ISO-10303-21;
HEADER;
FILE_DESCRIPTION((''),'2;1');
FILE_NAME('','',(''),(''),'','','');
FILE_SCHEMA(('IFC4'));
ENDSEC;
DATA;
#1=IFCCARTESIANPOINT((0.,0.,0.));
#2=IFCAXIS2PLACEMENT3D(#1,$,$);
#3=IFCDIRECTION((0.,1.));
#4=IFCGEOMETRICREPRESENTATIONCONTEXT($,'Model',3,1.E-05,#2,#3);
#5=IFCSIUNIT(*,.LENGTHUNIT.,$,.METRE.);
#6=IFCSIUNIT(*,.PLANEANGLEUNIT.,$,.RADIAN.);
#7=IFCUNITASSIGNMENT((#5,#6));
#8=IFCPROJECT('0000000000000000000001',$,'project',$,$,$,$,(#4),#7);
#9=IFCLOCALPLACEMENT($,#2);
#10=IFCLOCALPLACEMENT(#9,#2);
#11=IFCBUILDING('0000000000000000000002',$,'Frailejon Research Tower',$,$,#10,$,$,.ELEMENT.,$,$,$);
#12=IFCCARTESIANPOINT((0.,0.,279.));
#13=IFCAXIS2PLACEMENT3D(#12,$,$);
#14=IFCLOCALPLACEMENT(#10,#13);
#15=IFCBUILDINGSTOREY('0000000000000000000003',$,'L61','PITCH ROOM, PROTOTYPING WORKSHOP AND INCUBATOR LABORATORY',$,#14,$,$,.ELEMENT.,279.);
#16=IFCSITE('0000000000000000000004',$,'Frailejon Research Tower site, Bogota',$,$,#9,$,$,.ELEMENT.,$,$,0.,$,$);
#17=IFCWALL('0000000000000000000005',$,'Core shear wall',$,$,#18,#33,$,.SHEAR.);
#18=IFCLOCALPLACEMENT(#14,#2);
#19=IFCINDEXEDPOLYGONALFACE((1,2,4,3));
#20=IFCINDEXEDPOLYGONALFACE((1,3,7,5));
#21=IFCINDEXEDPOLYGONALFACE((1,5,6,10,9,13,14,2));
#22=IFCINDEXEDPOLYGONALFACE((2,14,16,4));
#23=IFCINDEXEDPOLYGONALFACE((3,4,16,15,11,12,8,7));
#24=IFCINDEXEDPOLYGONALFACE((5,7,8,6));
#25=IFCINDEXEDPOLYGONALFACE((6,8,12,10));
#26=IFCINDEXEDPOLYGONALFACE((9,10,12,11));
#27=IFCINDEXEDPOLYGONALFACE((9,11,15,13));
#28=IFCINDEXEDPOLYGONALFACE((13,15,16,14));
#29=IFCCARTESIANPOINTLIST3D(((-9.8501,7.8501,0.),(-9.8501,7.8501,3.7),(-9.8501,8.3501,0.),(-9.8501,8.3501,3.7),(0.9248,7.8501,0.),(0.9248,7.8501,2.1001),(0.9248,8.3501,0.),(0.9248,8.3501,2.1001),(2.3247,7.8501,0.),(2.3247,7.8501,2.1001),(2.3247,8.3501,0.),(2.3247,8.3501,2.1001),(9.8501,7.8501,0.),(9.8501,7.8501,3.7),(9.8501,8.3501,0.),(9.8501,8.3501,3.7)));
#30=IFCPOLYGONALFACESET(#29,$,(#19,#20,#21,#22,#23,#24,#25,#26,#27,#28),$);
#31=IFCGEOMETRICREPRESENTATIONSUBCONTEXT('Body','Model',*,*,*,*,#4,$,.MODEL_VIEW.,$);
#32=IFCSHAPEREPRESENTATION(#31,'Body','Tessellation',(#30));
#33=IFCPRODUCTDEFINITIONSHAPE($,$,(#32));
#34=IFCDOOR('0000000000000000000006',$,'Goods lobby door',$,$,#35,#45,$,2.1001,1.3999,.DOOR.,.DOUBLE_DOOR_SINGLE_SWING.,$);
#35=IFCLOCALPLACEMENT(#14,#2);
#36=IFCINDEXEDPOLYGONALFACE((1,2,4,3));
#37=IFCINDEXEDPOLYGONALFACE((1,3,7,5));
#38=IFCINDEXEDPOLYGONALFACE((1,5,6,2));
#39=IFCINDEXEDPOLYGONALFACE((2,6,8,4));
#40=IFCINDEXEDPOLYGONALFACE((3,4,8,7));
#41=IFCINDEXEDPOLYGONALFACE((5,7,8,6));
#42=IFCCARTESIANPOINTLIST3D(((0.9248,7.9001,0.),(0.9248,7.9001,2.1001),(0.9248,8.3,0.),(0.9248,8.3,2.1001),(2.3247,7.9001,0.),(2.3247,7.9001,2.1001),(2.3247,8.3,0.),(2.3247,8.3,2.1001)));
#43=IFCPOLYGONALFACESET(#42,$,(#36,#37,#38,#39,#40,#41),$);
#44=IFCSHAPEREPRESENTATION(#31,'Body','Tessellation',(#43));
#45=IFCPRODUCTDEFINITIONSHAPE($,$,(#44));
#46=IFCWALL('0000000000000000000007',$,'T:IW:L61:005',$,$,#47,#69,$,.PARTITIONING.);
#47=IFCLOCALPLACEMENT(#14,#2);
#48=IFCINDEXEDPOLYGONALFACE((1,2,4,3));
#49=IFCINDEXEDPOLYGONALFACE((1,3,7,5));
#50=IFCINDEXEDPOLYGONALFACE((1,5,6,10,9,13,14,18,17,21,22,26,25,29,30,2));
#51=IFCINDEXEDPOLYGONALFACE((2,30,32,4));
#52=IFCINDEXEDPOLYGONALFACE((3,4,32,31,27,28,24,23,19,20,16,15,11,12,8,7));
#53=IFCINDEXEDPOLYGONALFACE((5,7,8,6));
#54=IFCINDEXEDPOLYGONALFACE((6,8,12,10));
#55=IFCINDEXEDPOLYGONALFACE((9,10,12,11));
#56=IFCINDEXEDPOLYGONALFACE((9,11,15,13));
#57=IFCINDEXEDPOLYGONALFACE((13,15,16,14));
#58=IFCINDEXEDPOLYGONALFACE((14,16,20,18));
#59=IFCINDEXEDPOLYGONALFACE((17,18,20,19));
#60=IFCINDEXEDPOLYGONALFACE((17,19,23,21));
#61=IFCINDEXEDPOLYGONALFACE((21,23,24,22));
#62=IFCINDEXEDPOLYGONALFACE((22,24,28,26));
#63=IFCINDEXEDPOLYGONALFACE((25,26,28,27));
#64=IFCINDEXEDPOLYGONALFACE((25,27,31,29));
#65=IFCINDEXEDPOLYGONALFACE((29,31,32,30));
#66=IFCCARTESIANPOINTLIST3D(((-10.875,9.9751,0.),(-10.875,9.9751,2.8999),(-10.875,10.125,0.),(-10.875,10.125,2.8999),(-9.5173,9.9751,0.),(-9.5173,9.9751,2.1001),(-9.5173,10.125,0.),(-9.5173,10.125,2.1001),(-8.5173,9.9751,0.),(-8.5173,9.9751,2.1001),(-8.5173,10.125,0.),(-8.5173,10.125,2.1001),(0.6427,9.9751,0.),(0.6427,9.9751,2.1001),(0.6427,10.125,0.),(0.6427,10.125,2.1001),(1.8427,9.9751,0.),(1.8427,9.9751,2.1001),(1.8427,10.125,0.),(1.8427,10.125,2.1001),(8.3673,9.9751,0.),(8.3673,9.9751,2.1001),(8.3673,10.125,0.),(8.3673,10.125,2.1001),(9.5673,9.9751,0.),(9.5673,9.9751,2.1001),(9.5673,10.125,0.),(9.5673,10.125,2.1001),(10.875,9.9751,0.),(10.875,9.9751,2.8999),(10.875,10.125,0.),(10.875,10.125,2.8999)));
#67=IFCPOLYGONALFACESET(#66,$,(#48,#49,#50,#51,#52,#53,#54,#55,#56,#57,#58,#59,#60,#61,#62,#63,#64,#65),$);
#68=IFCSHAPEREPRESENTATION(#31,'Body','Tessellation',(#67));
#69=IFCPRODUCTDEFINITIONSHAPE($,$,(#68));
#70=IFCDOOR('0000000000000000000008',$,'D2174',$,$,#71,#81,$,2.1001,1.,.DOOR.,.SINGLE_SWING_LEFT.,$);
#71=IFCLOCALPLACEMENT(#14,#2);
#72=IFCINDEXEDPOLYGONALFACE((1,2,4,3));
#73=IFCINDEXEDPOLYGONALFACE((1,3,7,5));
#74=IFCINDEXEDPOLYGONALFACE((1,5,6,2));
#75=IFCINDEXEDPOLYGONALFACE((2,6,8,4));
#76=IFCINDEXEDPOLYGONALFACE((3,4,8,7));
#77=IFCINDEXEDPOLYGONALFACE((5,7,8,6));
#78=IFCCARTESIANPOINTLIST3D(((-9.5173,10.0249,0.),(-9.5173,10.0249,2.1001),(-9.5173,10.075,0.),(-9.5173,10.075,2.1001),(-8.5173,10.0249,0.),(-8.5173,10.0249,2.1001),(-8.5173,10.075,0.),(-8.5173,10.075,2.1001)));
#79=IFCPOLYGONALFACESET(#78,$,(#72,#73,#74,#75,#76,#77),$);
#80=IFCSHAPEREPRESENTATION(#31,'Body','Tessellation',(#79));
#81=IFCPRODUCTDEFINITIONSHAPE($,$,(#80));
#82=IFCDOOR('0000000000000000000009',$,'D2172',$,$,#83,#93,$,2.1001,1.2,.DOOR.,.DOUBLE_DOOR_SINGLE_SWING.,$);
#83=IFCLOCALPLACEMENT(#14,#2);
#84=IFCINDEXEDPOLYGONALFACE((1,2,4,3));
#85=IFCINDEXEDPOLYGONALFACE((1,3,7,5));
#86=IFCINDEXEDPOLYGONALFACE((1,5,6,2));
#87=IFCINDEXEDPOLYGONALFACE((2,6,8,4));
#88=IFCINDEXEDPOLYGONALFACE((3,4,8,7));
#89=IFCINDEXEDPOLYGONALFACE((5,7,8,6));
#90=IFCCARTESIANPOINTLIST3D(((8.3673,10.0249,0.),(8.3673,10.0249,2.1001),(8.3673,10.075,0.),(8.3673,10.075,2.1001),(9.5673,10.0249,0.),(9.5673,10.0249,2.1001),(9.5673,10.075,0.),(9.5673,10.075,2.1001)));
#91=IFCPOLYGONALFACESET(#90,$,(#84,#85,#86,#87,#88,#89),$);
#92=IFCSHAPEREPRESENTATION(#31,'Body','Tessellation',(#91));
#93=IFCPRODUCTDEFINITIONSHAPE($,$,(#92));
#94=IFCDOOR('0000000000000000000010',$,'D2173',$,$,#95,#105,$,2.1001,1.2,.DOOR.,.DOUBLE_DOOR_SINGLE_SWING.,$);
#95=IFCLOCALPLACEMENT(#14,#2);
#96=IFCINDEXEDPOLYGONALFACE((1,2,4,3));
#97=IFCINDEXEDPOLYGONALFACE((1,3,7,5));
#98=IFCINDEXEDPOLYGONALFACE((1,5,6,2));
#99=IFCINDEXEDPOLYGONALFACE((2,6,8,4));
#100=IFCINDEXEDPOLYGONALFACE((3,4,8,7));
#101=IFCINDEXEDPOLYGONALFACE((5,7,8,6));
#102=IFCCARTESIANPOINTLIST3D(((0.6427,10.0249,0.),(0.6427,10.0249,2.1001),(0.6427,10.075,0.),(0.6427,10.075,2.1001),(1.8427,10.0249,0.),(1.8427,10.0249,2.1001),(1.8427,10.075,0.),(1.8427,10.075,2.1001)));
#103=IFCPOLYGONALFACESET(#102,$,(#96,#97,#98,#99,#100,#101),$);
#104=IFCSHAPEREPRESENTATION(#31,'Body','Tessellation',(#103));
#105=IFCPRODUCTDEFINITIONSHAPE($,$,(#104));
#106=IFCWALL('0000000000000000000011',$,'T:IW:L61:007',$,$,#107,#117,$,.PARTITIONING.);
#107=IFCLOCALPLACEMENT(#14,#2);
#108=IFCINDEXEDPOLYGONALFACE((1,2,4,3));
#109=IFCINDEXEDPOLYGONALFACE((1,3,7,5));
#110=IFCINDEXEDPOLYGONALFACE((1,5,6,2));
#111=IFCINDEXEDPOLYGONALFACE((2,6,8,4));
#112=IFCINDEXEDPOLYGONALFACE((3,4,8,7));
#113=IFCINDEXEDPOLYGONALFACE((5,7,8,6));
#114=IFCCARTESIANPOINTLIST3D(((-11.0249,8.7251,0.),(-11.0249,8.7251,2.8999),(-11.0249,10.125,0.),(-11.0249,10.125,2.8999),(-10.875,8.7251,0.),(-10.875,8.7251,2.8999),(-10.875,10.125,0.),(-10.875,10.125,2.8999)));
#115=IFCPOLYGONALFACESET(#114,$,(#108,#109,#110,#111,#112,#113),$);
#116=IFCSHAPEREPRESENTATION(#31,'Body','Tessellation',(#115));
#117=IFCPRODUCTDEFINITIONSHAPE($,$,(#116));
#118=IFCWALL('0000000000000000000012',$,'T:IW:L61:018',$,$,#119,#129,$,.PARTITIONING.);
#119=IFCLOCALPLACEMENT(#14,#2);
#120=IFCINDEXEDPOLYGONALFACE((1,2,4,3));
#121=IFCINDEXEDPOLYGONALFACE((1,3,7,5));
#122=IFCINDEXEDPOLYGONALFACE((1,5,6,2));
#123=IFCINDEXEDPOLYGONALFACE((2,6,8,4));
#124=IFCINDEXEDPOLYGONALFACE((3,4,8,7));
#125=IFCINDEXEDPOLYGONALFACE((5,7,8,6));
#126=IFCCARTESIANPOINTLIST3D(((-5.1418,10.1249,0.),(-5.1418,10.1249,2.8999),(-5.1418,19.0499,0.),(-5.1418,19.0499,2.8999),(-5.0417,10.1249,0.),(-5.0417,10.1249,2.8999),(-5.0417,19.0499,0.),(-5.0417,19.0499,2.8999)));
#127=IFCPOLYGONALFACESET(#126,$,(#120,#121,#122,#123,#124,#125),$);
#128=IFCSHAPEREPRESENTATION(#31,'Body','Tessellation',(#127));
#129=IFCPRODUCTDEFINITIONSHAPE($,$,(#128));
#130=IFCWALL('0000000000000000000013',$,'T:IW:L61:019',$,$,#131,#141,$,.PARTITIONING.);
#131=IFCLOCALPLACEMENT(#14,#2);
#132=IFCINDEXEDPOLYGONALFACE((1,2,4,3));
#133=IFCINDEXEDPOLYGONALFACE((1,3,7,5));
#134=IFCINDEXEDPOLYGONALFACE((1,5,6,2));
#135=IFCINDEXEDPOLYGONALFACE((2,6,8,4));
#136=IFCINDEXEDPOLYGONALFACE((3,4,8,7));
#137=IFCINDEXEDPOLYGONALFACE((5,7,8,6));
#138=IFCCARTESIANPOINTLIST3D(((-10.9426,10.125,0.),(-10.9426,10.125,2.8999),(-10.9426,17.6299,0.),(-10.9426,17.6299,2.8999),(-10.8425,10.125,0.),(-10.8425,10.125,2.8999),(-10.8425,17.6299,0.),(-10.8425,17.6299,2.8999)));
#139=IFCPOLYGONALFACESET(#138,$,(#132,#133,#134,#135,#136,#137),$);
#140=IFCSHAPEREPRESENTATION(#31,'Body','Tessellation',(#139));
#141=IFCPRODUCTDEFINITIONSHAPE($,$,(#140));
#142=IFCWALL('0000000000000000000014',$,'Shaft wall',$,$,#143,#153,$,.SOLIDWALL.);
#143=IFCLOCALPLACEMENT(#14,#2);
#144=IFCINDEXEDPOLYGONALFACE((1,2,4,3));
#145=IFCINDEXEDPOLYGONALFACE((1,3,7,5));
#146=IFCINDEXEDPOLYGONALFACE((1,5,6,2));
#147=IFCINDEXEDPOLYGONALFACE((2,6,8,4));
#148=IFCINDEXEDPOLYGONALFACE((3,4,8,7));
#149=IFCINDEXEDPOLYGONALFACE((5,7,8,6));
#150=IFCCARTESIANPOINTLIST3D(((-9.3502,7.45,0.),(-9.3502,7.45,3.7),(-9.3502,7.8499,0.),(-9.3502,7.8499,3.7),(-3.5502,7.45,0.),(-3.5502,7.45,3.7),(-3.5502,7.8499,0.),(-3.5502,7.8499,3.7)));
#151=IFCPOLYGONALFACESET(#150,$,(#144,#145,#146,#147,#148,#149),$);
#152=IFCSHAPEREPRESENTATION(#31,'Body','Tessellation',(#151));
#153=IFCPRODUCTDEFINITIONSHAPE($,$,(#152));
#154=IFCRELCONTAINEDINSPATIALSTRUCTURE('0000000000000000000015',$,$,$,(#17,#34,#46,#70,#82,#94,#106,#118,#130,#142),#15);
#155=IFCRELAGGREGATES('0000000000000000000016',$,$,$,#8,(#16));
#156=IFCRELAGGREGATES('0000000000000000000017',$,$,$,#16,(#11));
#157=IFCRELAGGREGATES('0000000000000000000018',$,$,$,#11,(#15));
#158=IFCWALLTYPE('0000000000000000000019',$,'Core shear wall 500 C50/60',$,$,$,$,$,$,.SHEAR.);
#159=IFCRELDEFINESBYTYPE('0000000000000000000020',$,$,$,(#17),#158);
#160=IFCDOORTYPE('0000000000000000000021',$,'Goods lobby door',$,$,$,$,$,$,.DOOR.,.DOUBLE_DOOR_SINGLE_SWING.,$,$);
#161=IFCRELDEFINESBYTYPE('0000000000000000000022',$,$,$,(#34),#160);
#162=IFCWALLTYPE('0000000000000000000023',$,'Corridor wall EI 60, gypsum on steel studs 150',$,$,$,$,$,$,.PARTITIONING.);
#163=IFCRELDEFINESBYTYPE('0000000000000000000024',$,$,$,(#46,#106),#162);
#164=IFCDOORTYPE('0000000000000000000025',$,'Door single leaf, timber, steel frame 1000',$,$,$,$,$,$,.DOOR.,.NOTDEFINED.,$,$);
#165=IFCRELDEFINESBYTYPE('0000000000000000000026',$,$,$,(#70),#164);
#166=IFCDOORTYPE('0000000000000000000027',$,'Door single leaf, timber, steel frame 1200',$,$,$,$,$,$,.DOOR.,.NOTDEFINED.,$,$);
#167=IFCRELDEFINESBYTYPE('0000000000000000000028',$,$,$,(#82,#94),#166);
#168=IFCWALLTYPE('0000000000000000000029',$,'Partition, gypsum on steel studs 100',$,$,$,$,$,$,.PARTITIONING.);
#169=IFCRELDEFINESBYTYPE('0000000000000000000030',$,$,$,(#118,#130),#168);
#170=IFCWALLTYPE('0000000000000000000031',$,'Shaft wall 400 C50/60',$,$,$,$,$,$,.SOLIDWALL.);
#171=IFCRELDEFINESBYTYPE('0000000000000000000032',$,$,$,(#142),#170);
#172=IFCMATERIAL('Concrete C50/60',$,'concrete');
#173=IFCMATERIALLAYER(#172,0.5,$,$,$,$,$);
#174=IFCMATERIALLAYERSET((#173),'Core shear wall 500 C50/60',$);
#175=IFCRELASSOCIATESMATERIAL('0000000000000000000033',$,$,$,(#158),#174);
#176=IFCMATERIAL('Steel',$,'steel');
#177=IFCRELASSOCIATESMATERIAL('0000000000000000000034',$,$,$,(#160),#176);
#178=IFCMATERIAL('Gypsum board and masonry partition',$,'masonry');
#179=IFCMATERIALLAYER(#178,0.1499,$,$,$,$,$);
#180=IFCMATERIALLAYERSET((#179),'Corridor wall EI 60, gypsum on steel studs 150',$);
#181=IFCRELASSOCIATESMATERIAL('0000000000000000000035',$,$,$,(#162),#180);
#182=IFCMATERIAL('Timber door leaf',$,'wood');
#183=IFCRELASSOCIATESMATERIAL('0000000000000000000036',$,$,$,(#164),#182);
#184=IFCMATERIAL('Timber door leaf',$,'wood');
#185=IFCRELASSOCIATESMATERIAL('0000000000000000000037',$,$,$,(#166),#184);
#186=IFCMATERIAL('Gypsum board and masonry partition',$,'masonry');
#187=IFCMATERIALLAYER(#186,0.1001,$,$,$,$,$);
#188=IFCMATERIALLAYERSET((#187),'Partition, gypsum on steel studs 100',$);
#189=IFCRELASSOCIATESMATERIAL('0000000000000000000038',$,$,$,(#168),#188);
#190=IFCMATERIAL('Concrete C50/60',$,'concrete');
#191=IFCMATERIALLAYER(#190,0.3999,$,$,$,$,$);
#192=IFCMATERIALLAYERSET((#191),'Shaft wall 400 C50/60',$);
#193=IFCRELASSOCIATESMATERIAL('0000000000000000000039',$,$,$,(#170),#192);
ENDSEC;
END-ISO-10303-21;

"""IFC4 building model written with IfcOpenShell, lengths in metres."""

from ifc_helpers import new_model, si_unit, direction, frame, frame_2d, origin, place, context, subcontext, project, spatial, rectangle, extrude, material, layer, layer_set, type_object, element, fill, save


model = new_model("IFC4")

# Units and contexts
model_context = context("Model", 3, precision=1e-05, world=origin(), true_north=direction((0.0, 1.0)))
body_context = subcontext(model_context, "Body", "Model", "MODEL_VIEW")
ifc_project = project(units=[si_unit("LENGTHUNIT", "METRE"), si_unit("PLANEANGLEUNIT", "RADIAN")], contexts=[model_context])

# Site, building, storey
site_placement = place(None, origin())
site = spatial("IfcSite", under=ifc_project, at=site_placement, Name="Frailejon Research Tower site, Bogota", CompositionType="ELEMENT", RefElevation=0.0)
building_placement = place(site_placement, origin())
building = spatial("IfcBuilding", under=site, at=building_placement, Name="Frailejon Research Tower", CompositionType="ELEMENT")
storey_placement = place(building_placement, frame((0.0, 0.0, 279.0)))
storey = spatial("IfcBuildingStorey", under=building, at=storey_placement, Name="L61", Description="PITCH ROOM, PROTOTYPING WORKSHOP AND INCUBATOR LABORATORY", CompositionType="ELEMENT", Elevation=279.0)

# Wall, opening, door
ifc_material_1 = material(Name="Concrete C50/60", Category="concrete")
ifc_layer_1 = layer(ifc_material_1, 0.5)
ifc_layer_set_1 = layer_set([ifc_layer_1], Name="Core shear wall 500 C50/60")
wall_type_1 = type_object("IfcWallType", Name="Core shear wall 500 C50/60", PredefinedType="SHEAR", material=ifc_layer_set_1)
wall_1_placement = place(storey_placement, frame((-9.8501, 8.1001, 0.0), z_axis=(0.0, 0.0, 1.0), x_axis=(1.0, 0.0, 0.0)))
wall_1 = element("IfcWall", 1, at=wall_1_placement, inside=storey, type_object=wall_type_1, Name="Core shear wall", PredefinedType="SHEAR", context=body_context, shape_type="SweptSolid", body=[
    extrude(rectangle(XDim=19.7002, YDim=0.5, at=frame_2d((9.8501, 0.0))), origin(), (0.0, 0.0, 1.0), 3.7),
])
opening_1_placement = place(wall_1_placement, frame((10.7749, 0.0, 0.0)))
opening_1 = element("IfcOpeningElement", 2, at=opening_1_placement, cuts=wall_1, PredefinedType="OPENING", context=body_context, shape_type="SweptSolid", body=[
    extrude(rectangle(XDim=1.3999, YDim=2.1001, at=frame_2d((0.7, 1.05))), frame((0.0, 0.26, 0.0), z_axis=(0.0, -1.0, 0.0), x_axis=(1.0, 0.0, 0.0)), (0.0, 0.0, 1.0), 0.52),
])
ifc_material_2 = material(Name="Steel", Category="steel")
door_type_1 = type_object("IfcDoorType", Name="Goods lobby door", OperationType="DOUBLE_DOOR_SINGLE_SWING", PredefinedType="DOOR", material=ifc_material_2)
door_1_placement = place(opening_1_placement, origin())
door_1 = element("IfcDoor", 3, at=door_1_placement, inside=storey, type_object=door_type_1, Name="Goods lobby door", OperationType="DOUBLE_DOOR_SINGLE_SWING", OverallHeight=2.1001, OverallWidth=1.3999, PredefinedType="DOOR", context=body_context, shape_type="SweptSolid", body=[
    extrude(rectangle(XDim=1.3999, YDim=2.1001, at=frame_2d((0.7, 1.05))), frame((0.0, 0.2, 0.0), z_axis=(0.0, -1.0, 0.0), x_axis=(1.0, 0.0, 0.0)), (0.0, 0.0, 1.0), 0.3999),
])
fill(opening_1, door_1)

# Wall, openings, doors
ifc_material_3 = material(Name="Gypsum board and masonry partition", Category="masonry")
ifc_layer_2 = layer(ifc_material_3, 0.1499)
ifc_layer_set_2 = layer_set([ifc_layer_2], Name="Corridor wall EI 60, gypsum on steel studs 150")
wall_type_2 = type_object("IfcWallType", Name="Corridor wall EI 60, gypsum on steel studs 150", PredefinedType="PARTITIONING", material=ifc_layer_set_2)
wall_2_placement = place(storey_placement, frame((-10.875, 10.05, 0.0), z_axis=(0.0, 0.0, 1.0), x_axis=(1.0, 0.0, 0.0)))
wall_2 = element("IfcWall", 4, at=wall_2_placement, inside=storey, type_object=wall_type_2, Name="T:IW:L61:005", PredefinedType="PARTITIONING", context=body_context, shape_type="SweptSolid", body=[
    extrude(rectangle(XDim=21.75, YDim=0.1499, at=frame_2d((10.875, 0.0))), origin(), (0.0, 0.0, 1.0), 2.8999),
])
opening_2_placement = place(wall_2_placement, frame((19.2422, 0.0, 0.0)))
opening_2 = element("IfcOpeningElement", 5, at=opening_2_placement, cuts=wall_2, PredefinedType="OPENING", context=body_context, shape_type="SweptSolid", body=[
    extrude(rectangle(XDim=1.2, YDim=2.1001, at=frame_2d((0.6001, 1.05))), frame((0.0, 0.085, 0.0), z_axis=(0.0, -1.0, 0.0), x_axis=(1.0, 0.0, 0.0)), (0.0, 0.0, 1.0), 0.1699),
])
opening_3_placement = place(wall_2_placement, frame((11.5176, 0.0, 0.0)))
opening_3 = element("IfcOpeningElement", 6, at=opening_3_placement, cuts=wall_2, PredefinedType="OPENING", context=body_context, shape_type="SweptSolid", body=[
    extrude(rectangle(XDim=1.2, YDim=2.1001, at=frame_2d((0.6001, 1.05))), frame((0.0, 0.085, 0.0), z_axis=(0.0, -1.0, 0.0), x_axis=(1.0, 0.0, 0.0)), (0.0, 0.0, 1.0), 0.1699),
])
opening_4_placement = place(wall_2_placement, frame((1.3577, 0.0, 0.0)))
opening_4 = element("IfcOpeningElement", 7, at=opening_4_placement, cuts=wall_2, PredefinedType="OPENING", context=body_context, shape_type="SweptSolid", body=[
    extrude(rectangle(XDim=1.0, YDim=2.1001, at=frame_2d((0.5, 1.05))), frame((0.0, 0.085, 0.0), z_axis=(0.0, -1.0, 0.0), x_axis=(1.0, 0.0, 0.0)), (0.0, 0.0, 1.0), 0.1699),
])
ifc_material_4 = material(Name="Timber door leaf", Category="wood")
door_type_2 = type_object("IfcDoorType", Name="Door single leaf, timber, steel frame 1000", OperationType="NOTDEFINED", PredefinedType="DOOR", material=ifc_material_4)
door_2_placement = place(opening_4_placement, origin())
door_2 = element("IfcDoor", 8, at=door_2_placement, inside=storey, type_object=door_type_2, Name="D2174", OperationType="SINGLE_SWING_LEFT", OverallHeight=2.1001, OverallWidth=1.0, PredefinedType="DOOR", context=body_context, shape_type="SweptSolid", body=[
    extrude(rectangle(XDim=1.0, YDim=2.1001, at=frame_2d((0.5, 1.05))), frame((0.0, 0.0249, 0.0), z_axis=(0.0, -1.0, 0.0), x_axis=(1.0, 0.0, 0.0)), (0.0, 0.0, 1.0), 0.05),
])
fill(opening_4, door_2)
ifc_material_5 = material(Name="Timber door leaf", Category="wood")
door_type_3 = type_object("IfcDoorType", Name="Door single leaf, timber, steel frame 1200", OperationType="NOTDEFINED", PredefinedType="DOOR", material=ifc_material_5)
door_3_placement = place(opening_2_placement, origin())
door_3 = element("IfcDoor", 9, at=door_3_placement, inside=storey, type_object=door_type_3, Name="D2172", OperationType="DOUBLE_DOOR_SINGLE_SWING", OverallHeight=2.1001, OverallWidth=1.2, PredefinedType="DOOR", context=body_context, shape_type="SweptSolid", body=[
    extrude(rectangle(XDim=1.2, YDim=2.1001, at=frame_2d((0.6001, 1.05))), frame((0.0, 0.0249, 0.0), z_axis=(0.0, -1.0, 0.0), x_axis=(1.0, 0.0, 0.0)), (0.0, 0.0, 1.0), 0.05),
])
fill(opening_2, door_3)
door_4_placement = place(opening_3_placement, origin())
door_4 = element("IfcDoor", 10, at=door_4_placement, inside=storey, type_object=door_type_3, Name="D2173", OperationType="DOUBLE_DOOR_SINGLE_SWING", OverallHeight=2.1001, OverallWidth=1.2, PredefinedType="DOOR", context=body_context, shape_type="SweptSolid", body=[
    extrude(rectangle(XDim=1.2, YDim=2.1001, at=frame_2d((0.6001, 1.05))), frame((0.0, 0.0249, 0.0), z_axis=(0.0, -1.0, 0.0), x_axis=(1.0, 0.0, 0.0)), (0.0, 0.0, 1.0), 0.05),
])
fill(opening_3, door_4)

# Walls
wall_3_placement = place(storey_placement, frame((-10.95, 8.7251, 0.0), z_axis=(0.0, 0.0, 1.0), x_axis=(0.0, 1.0, 0.0)))
element("IfcWall", 11, at=wall_3_placement, inside=storey, type_object=wall_type_2, Name="T:IW:L61:007", PredefinedType="PARTITIONING", context=body_context, shape_type="SweptSolid", body=[
    extrude(rectangle(XDim=1.3999, YDim=0.1499, at=frame_2d((0.7, 0.0))), origin(), (0.0, 0.0, 1.0), 2.8999),
])
ifc_material_6 = material(Name="Gypsum board and masonry partition", Category="masonry")
ifc_layer_3 = layer(ifc_material_6, 0.1001)
ifc_layer_set_3 = layer_set([ifc_layer_3], Name="Partition, gypsum on steel studs 100")
wall_type_3 = type_object("IfcWallType", Name="Partition, gypsum on steel studs 100", PredefinedType="PARTITIONING", material=ifc_layer_set_3)
wall_4_placement = place(storey_placement, frame((-5.0918, 10.125, 0.0), z_axis=(0.0, 0.0, 1.0), x_axis=(0.0, 1.0, 0.0)))
element("IfcWall", 12, at=wall_4_placement, inside=storey, type_object=wall_type_3, Name="T:IW:L61:018", PredefinedType="PARTITIONING", context=body_context, shape_type="SweptSolid", body=[
    extrude(rectangle(XDim=8.925, YDim=0.1001, at=frame_2d((4.4624, 0.0))), origin(), (0.0, 0.0, 1.0), 2.8999),
])
wall_5_placement = place(storey_placement, frame((-10.8926, 10.125, 0.0), z_axis=(0.0, 0.0, 1.0), x_axis=(0.0, 1.0, 0.0)))
element("IfcWall", 13, at=wall_5_placement, inside=storey, type_object=wall_type_3, Name="T:IW:L61:019", PredefinedType="PARTITIONING", context=body_context, shape_type="SweptSolid", body=[
    extrude(rectangle(XDim=7.5049, YDim=0.1001, at=frame_2d((3.7524, 0.0))), origin(), (0.0, 0.0, 1.0), 2.8999),
])
ifc_material_7 = material(Name="Concrete C50/60", Category="concrete")
ifc_layer_4 = layer(ifc_material_7, 0.3999)
ifc_layer_set_4 = layer_set([ifc_layer_4], Name="Shaft wall 400 C50/60")
wall_type_4 = type_object("IfcWallType", Name="Shaft wall 400 C50/60", PredefinedType="SOLIDWALL", material=ifc_layer_set_4)
wall_6_placement = place(storey_placement, frame((-9.3501, 7.6499, 0.0), z_axis=(0.0, 0.0, 1.0), x_axis=(1.0, 0.0, 0.0)))
element("IfcWall", 14, at=wall_6_placement, inside=storey, type_object=wall_type_4, Name="Shaft wall", PredefinedType="SOLIDWALL", context=body_context, shape_type="SweptSolid", body=[
    extrude(rectangle(XDim=5.8, YDim=0.3999, at=frame_2d((2.8999, 0.0))), origin(), (0.0, 0.0, 1.0), 3.7),
])

save(model, "model.ifc")
